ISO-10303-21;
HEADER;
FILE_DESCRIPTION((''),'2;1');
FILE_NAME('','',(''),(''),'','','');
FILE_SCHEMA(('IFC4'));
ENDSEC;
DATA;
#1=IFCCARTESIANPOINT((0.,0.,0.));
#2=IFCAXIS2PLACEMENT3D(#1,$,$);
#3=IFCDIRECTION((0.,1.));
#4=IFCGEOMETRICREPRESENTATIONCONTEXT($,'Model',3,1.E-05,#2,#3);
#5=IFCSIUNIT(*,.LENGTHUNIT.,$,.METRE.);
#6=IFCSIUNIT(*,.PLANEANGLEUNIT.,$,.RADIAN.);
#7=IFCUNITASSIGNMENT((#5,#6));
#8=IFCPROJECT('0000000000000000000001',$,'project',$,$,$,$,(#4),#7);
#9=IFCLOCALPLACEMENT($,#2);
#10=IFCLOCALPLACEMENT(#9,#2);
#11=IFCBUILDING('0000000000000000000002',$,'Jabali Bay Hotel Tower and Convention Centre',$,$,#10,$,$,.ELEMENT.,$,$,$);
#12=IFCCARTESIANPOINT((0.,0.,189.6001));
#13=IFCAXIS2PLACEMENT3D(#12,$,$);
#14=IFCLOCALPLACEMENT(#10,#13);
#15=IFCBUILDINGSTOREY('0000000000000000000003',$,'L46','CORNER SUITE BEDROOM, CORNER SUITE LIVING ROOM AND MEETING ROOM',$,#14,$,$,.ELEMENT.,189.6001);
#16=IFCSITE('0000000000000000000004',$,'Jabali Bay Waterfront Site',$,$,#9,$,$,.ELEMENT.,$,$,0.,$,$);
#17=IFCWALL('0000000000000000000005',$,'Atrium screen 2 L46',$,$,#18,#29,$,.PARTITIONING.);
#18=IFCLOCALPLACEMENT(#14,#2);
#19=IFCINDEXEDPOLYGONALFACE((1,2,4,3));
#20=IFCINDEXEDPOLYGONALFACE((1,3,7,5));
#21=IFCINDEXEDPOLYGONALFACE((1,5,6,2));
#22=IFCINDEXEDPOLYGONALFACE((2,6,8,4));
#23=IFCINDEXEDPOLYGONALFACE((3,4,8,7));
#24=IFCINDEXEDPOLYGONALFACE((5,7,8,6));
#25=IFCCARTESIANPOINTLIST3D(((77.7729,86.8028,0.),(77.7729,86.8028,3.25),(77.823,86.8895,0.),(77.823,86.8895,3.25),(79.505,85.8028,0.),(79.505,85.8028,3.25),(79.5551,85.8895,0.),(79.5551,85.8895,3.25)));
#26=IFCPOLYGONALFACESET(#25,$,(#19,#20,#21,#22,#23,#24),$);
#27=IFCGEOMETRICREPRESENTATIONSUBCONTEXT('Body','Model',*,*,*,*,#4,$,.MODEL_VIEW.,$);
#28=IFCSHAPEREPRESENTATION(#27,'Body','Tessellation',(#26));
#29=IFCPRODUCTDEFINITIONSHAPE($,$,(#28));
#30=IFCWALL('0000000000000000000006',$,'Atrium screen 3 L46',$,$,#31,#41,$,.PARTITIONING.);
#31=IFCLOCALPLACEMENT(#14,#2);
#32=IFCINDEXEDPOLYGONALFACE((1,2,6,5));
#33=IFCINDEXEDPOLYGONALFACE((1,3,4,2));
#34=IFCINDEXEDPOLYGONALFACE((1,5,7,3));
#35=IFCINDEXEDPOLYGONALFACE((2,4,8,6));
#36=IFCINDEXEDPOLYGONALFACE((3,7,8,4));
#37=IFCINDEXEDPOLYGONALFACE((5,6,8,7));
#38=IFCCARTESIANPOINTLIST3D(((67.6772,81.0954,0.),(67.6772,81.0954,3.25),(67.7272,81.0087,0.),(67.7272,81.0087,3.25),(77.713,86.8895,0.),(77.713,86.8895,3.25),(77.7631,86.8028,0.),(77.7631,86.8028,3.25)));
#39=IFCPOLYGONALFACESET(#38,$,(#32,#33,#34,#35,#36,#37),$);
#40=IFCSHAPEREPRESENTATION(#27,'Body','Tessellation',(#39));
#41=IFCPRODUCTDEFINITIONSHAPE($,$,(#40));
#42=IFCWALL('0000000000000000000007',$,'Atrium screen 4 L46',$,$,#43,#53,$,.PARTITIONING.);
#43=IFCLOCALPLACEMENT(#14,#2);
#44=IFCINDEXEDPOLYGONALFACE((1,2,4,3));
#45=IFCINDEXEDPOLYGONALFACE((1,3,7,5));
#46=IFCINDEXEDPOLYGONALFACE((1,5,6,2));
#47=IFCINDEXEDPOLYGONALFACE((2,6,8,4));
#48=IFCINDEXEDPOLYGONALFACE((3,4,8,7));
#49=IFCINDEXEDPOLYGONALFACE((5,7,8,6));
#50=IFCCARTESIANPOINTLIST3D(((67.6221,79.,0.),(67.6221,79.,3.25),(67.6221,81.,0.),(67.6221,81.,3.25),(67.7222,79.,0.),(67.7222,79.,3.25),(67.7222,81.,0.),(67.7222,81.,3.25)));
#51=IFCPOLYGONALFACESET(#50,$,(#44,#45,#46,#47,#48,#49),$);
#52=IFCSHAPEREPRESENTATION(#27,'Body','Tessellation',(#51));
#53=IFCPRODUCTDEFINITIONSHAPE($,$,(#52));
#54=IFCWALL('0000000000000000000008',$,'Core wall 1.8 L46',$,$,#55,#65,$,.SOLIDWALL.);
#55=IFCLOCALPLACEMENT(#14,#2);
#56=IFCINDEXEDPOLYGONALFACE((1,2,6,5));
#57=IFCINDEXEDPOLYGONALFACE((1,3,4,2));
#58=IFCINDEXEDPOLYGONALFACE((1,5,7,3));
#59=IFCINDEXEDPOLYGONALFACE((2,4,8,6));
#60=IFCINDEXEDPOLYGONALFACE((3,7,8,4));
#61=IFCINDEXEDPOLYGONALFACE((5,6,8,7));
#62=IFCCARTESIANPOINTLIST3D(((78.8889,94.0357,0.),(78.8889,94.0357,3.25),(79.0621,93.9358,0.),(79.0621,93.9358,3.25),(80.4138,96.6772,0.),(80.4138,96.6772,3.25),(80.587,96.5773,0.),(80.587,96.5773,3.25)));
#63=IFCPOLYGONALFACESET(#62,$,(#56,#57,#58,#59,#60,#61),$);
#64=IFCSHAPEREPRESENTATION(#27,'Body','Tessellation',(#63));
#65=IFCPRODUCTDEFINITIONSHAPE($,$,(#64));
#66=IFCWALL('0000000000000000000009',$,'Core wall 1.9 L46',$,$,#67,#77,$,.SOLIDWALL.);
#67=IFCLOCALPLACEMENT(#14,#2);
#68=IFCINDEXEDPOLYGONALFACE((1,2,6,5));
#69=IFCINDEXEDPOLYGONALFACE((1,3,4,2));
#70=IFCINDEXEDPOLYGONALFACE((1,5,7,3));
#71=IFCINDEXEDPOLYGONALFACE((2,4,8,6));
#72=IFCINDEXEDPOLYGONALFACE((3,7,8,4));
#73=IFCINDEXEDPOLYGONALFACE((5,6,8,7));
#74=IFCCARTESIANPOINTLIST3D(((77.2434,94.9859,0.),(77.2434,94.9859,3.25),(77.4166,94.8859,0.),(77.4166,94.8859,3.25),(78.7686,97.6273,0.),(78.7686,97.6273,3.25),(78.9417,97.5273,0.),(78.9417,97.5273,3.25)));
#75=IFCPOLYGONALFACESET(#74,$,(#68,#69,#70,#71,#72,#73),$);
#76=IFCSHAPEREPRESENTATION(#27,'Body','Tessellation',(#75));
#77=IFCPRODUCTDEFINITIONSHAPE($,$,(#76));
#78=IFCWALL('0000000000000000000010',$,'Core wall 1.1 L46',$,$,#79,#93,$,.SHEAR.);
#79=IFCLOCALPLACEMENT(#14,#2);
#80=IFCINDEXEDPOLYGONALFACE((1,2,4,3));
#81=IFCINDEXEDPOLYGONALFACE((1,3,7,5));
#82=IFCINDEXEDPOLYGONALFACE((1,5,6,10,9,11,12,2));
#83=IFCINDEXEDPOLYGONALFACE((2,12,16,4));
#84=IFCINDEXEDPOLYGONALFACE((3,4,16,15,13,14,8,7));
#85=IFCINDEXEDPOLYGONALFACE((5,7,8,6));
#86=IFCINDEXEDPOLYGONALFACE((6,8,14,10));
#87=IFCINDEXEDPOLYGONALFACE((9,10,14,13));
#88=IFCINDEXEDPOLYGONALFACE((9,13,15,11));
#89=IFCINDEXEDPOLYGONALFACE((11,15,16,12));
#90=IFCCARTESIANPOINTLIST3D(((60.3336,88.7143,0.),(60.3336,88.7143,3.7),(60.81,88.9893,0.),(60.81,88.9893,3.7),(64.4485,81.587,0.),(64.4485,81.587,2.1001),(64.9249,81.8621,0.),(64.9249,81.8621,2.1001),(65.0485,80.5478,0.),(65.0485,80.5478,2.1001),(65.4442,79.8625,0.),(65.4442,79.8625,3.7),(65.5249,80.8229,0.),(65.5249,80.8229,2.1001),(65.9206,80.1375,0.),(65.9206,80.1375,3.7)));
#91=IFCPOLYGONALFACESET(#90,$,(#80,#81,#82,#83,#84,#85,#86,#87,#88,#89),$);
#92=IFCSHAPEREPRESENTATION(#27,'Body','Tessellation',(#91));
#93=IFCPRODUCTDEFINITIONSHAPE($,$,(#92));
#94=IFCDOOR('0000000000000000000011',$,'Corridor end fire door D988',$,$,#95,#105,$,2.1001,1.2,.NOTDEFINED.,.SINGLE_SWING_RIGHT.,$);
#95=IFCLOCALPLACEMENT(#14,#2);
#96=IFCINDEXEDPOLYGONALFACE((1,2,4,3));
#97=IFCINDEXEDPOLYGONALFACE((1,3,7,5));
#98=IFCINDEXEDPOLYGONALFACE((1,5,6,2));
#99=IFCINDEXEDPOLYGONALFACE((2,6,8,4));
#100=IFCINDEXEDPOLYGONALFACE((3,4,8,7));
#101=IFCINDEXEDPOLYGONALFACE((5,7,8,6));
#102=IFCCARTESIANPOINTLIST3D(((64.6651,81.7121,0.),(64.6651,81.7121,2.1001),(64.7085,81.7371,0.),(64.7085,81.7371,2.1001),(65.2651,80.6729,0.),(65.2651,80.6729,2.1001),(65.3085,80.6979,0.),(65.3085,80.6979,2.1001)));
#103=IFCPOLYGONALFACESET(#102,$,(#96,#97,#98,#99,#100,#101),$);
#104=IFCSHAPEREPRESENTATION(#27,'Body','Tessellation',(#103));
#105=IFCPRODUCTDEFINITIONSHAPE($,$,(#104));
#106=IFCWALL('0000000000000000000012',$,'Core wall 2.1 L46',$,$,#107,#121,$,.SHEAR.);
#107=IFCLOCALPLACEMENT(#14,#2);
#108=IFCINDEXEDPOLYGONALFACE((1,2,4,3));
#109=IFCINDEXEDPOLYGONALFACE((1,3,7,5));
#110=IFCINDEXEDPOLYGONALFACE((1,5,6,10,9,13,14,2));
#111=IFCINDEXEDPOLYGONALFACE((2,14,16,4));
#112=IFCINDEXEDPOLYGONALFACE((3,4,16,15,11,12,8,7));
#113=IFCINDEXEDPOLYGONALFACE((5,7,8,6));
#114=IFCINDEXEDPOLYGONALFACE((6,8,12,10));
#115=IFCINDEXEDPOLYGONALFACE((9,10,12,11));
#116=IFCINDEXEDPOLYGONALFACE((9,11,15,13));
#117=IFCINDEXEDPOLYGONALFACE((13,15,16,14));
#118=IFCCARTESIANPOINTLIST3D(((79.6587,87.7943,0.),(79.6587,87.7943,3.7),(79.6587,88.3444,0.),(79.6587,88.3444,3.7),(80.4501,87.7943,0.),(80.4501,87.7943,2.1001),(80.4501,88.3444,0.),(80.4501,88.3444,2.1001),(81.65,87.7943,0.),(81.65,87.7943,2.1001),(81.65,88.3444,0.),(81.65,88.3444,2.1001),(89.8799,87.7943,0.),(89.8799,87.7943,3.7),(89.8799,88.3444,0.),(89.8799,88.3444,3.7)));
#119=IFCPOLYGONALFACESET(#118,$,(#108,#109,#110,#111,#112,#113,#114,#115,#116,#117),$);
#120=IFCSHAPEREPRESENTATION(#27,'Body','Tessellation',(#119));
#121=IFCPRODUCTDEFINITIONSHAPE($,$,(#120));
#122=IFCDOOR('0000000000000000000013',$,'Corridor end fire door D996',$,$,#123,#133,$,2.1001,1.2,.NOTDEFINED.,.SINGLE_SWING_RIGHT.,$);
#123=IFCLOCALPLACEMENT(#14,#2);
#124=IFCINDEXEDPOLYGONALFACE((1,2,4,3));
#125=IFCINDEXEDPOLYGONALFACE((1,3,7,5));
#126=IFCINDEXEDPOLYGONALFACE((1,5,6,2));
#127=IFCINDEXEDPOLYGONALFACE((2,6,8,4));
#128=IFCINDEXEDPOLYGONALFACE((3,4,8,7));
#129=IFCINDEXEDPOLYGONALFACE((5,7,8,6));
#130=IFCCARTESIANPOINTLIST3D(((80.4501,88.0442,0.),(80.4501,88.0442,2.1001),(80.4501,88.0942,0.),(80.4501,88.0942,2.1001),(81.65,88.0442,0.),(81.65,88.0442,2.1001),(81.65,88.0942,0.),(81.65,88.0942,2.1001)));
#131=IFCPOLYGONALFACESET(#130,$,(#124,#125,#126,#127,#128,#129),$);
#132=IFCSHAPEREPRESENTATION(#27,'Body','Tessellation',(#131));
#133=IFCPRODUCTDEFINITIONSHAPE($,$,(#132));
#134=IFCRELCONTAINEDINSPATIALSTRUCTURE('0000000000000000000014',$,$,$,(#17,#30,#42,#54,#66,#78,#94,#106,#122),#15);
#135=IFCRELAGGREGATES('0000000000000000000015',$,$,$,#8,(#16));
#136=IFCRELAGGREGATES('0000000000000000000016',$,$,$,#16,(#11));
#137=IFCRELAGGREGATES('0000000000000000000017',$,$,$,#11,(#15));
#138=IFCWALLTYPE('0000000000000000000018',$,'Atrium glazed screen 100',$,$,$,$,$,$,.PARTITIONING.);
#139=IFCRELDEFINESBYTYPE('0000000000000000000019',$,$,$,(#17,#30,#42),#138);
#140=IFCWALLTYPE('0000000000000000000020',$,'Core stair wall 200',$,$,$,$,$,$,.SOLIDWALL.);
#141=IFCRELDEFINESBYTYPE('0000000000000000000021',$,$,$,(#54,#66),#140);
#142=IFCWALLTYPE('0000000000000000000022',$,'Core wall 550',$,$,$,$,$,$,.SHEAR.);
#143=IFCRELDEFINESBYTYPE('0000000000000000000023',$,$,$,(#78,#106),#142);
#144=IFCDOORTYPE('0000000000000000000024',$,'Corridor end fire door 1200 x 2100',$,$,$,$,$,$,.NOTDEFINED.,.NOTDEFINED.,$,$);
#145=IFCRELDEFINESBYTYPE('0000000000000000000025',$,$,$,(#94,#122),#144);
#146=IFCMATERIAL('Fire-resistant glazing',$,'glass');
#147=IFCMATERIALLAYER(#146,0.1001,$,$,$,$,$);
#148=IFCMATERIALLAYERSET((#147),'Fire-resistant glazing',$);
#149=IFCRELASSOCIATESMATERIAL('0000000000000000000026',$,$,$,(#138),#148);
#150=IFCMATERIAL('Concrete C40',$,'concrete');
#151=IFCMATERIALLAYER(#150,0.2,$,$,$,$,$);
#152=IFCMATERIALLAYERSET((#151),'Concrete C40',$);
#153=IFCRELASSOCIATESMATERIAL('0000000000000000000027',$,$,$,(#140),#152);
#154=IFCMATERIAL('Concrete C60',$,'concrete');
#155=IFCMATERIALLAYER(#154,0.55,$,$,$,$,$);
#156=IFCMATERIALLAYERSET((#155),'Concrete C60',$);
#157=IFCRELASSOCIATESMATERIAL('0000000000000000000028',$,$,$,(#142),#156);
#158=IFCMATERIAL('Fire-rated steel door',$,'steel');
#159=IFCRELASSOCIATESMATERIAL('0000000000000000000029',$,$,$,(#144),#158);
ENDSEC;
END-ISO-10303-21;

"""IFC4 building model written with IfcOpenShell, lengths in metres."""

from ifc_helpers import new_model, si_unit, direction, frame, frame_2d, origin, place, context, subcontext, project, spatial, rectangle, extrude, material, layer, layer_set, type_object, element, fill, save


model = new_model("IFC4")

# Units and contexts
model_context = context("Model", 3, precision=1e-05, world=origin(), true_north=direction((0.0, 1.0)))
body_context = subcontext(model_context, "Body", "Model", "MODEL_VIEW")
ifc_project = project(units=[si_unit("LENGTHUNIT", "METRE"), si_unit("PLANEANGLEUNIT", "RADIAN")], contexts=[model_context])

# Site, building, storey
site_placement = place(None, origin())
site = spatial("IfcSite", under=ifc_project, at=site_placement, Name="Jabali Bay Waterfront Site", CompositionType="ELEMENT", RefElevation=0.0)
building_placement = place(site_placement, origin())
building = spatial("IfcBuilding", under=site, at=building_placement, Name="Jabali Bay Hotel Tower and Convention Centre", CompositionType="ELEMENT")
storey_placement = place(building_placement, frame((0.0, 0.0, 189.6001)))
storey = spatial("IfcBuildingStorey", under=building, at=storey_placement, Name="L46", Description="CORNER SUITE BEDROOM, CORNER SUITE LIVING ROOM AND MEETING ROOM", CompositionType="ELEMENT", Elevation=189.6001)

# Walls
ifc_material_1 = material(Name="Fire-resistant glazing", Category="glass")
ifc_layer_1 = layer(ifc_material_1, 0.1001)
ifc_layer_set_1 = layer_set([ifc_layer_1], Name="Fire-resistant glazing")
wall_type_1 = type_object("IfcWallType", Name="Atrium glazed screen 100", PredefinedType="PARTITIONING", material=ifc_layer_set_1)
wall_1_placement = place(storey_placement, frame((79.53, 85.8462, 0.0), z_axis=(0.0, 0.0, 1.0), x_axis=(-0.866041, 0.499973, 0.0)))
element("IfcWall", 1, at=wall_1_placement, inside=storey, type_object=wall_type_1, Name="Atrium screen 2 L46", PredefinedType="PARTITIONING", context=body_context, shape_type="SweptSolid", body=[
    extrude(rectangle(XDim=2.0, YDim=0.1001, at=frame_2d((1.0, 0.0))), origin(), (0.0, 0.0, 1.0), 3.25),
])
wall_2_placement = place(storey_placement, frame((77.738, 86.8462, 0.0), z_axis=(0.0, 0.0, 1.0), x_axis=(-0.866027, -0.499998, 0.0)))
element("IfcWall", 2, at=wall_2_placement, inside=storey, type_object=wall_type_1, Name="Atrium screen 3 L46", PredefinedType="PARTITIONING", context=body_context, shape_type="SweptSolid", body=[
    extrude(rectangle(XDim=11.5884, YDim=0.1001, at=frame_2d((5.7942, 0.0))), origin(), (0.0, 0.0, 1.0), 3.25),
])
wall_3_placement = place(storey_placement, frame((67.6721, 81.0, 0.0), z_axis=(0.0, 0.0, 1.0), x_axis=(0.0, -1.0, 0.0)))
element("IfcWall", 3, at=wall_3_placement, inside=storey, type_object=wall_type_1, Name="Atrium screen 4 L46", PredefinedType="PARTITIONING", context=body_context, shape_type="SweptSolid", body=[
    extrude(rectangle(XDim=2.0, YDim=0.1001, at=frame_2d((1.0, 0.0))), origin(), (0.0, 0.0, 1.0), 3.25),
])
ifc_material_2 = material(Name="Concrete C40", Category="concrete")
ifc_layer_2 = layer(ifc_material_2, 0.2)
ifc_layer_set_2 = layer_set([ifc_layer_2], Name="Concrete C40")
wall_type_2 = type_object("IfcWallType", Name="Core stair wall 200", PredefinedType="SOLIDWALL", material=ifc_layer_set_2)
for number, where, z_axis, x_axis, name in (
    (4, (78.9756, 93.9858, 0.0), (0.0, 0.0, 1.0), (0.499944, 0.866058, 0.0), "Core wall 1.8 L46"),
    (5, (77.3301, 94.936, 0.0), (0.0, 0.0, 1.0), (0.500039, 0.866003, 0.0), "Core wall 1.9 L46"),
):
    element("IfcWall", number, at=place(storey_placement, frame(where, z_axis=z_axis, x_axis=x_axis)), inside=storey, type_object=wall_type_2, Name=name, PredefinedType="SOLIDWALL", context=body_context, shape_type="SweptSolid", body=[
        extrude(rectangle(XDim=3.05, YDim=0.2, at=frame_2d((1.5249, 0.0))), origin(), (0.0, 0.0, 1.0), 3.25),
    ])

# Walls, openings, doors
ifc_material_3 = material(Name="Concrete C60", Category="concrete")
ifc_layer_3 = layer(ifc_material_3, 0.55)
ifc_layer_set_3 = layer_set([ifc_layer_3], Name="Concrete C60")
wall_type_3 = type_object("IfcWallType", Name="Core wall 550", PredefinedType="SHEAR", material=ifc_layer_set_3)
wall_4_placement = place(storey_placement, frame((65.6824, 80.0, 0.0), z_axis=(0.0, 0.0, 1.0), x_axis=(-0.5, 0.866025, 0.0)))
wall_4 = element("IfcWall", 6, at=wall_4_placement, inside=storey, type_object=wall_type_3, Name="Core wall 1.1 L46", PredefinedType="SHEAR", context=body_context, shape_type="SweptSolid", body=[
    extrude(rectangle(XDim=10.2212, YDim=0.55, at=frame_2d((5.1106, 0.0))), origin(), (0.0, 0.0, 1.0), 3.7),
])
opening_1_placement = place(wall_4_placement, frame((0.7913, 0.0, 0.0)))
opening_1 = element("IfcOpeningElement", 7, at=opening_1_placement, cuts=wall_4, PredefinedType="OPENING", context=body_context, shape_type="SweptSolid", body=[
    extrude(rectangle(XDim=1.2, YDim=2.1001, at=frame_2d((0.6001, 1.05))), frame((0.0, 0.2856, 0.0), z_axis=(0.0, -1.0, 0.0), x_axis=(1.0, 0.0, 0.0)), (0.0, 0.0, 1.0), 0.571),
])
ifc_material_4 = material(Name="Fire-rated steel door", Category="steel")
door_type_1 = type_object("IfcDoorType", Name="Corridor end fire door 1200 x 2100", OperationType="NOTDEFINED", PredefinedType="NOTDEFINED", material=ifc_material_4)
door_1_placement = place(opening_1_placement, origin())
door_1 = element("IfcDoor", 8, at=door_1_placement, inside=storey, type_object=door_type_1, Name="Corridor end fire door D988", OperationType="SINGLE_SWING_RIGHT", OverallHeight=2.1001, OverallWidth=1.2, PredefinedType="NOTDEFINED", context=body_context, shape_type="SweptSolid", body=[
    extrude(rectangle(XDim=1.2, YDim=2.1001, at=frame_2d((0.6001, 1.05))), frame((0.0, 0.0249, 0.0), z_axis=(0.0, -1.0, 0.0), x_axis=(1.0, 0.0, 0.0)), (0.0, 0.0, 1.0), 0.05),
])
fill(opening_1, door_1)
wall_5_placement = place(storey_placement, frame((79.6587, 88.0693, 0.0), z_axis=(0.0, 0.0, 1.0), x_axis=(1.0, 0.0, 0.0)))
wall_5 = element("IfcWall", 9, at=wall_5_placement, inside=storey, type_object=wall_type_3, Name="Core wall 2.1 L46", PredefinedType="SHEAR", context=body_context, shape_type="SweptSolid", body=[
    extrude(rectangle(XDim=10.2212, YDim=0.55, at=frame_2d((5.1106, 0.0))), origin(), (0.0, 0.0, 1.0), 3.7),
])
opening_2_placement = place(wall_5_placement, frame((0.7913, 0.0, 0.0)))
opening_2 = element("IfcOpeningElement", 10, at=opening_2_placement, cuts=wall_5, PredefinedType="OPENING", context=body_context, shape_type="SweptSolid", body=[
    extrude(rectangle(XDim=1.2, YDim=2.1001, at=frame_2d((0.6001, 1.05))), frame((0.0, 0.2856, 0.0), z_axis=(0.0, -1.0, 0.0), x_axis=(1.0, 0.0, 0.0)), (0.0, 0.0, 1.0), 0.571),
])
door_2_placement = place(opening_2_placement, origin())
door_2 = element("IfcDoor", 11, at=door_2_placement, inside=storey, type_object=door_type_1, Name="Corridor end fire door D996", OperationType="SINGLE_SWING_RIGHT", OverallHeight=2.1001, OverallWidth=1.2, PredefinedType="NOTDEFINED", context=body_context, shape_type="SweptSolid", body=[
    extrude(rectangle(XDim=1.2, YDim=2.1001, at=frame_2d((0.6001, 1.05))), frame((0.0, 0.0249, 0.0), z_axis=(0.0, -1.0, 0.0), x_axis=(1.0, 0.0, 0.0)), (0.0, 0.0, 1.0), 0.05),
])
fill(opening_2, door_2)

save(model, "model.ifc")
